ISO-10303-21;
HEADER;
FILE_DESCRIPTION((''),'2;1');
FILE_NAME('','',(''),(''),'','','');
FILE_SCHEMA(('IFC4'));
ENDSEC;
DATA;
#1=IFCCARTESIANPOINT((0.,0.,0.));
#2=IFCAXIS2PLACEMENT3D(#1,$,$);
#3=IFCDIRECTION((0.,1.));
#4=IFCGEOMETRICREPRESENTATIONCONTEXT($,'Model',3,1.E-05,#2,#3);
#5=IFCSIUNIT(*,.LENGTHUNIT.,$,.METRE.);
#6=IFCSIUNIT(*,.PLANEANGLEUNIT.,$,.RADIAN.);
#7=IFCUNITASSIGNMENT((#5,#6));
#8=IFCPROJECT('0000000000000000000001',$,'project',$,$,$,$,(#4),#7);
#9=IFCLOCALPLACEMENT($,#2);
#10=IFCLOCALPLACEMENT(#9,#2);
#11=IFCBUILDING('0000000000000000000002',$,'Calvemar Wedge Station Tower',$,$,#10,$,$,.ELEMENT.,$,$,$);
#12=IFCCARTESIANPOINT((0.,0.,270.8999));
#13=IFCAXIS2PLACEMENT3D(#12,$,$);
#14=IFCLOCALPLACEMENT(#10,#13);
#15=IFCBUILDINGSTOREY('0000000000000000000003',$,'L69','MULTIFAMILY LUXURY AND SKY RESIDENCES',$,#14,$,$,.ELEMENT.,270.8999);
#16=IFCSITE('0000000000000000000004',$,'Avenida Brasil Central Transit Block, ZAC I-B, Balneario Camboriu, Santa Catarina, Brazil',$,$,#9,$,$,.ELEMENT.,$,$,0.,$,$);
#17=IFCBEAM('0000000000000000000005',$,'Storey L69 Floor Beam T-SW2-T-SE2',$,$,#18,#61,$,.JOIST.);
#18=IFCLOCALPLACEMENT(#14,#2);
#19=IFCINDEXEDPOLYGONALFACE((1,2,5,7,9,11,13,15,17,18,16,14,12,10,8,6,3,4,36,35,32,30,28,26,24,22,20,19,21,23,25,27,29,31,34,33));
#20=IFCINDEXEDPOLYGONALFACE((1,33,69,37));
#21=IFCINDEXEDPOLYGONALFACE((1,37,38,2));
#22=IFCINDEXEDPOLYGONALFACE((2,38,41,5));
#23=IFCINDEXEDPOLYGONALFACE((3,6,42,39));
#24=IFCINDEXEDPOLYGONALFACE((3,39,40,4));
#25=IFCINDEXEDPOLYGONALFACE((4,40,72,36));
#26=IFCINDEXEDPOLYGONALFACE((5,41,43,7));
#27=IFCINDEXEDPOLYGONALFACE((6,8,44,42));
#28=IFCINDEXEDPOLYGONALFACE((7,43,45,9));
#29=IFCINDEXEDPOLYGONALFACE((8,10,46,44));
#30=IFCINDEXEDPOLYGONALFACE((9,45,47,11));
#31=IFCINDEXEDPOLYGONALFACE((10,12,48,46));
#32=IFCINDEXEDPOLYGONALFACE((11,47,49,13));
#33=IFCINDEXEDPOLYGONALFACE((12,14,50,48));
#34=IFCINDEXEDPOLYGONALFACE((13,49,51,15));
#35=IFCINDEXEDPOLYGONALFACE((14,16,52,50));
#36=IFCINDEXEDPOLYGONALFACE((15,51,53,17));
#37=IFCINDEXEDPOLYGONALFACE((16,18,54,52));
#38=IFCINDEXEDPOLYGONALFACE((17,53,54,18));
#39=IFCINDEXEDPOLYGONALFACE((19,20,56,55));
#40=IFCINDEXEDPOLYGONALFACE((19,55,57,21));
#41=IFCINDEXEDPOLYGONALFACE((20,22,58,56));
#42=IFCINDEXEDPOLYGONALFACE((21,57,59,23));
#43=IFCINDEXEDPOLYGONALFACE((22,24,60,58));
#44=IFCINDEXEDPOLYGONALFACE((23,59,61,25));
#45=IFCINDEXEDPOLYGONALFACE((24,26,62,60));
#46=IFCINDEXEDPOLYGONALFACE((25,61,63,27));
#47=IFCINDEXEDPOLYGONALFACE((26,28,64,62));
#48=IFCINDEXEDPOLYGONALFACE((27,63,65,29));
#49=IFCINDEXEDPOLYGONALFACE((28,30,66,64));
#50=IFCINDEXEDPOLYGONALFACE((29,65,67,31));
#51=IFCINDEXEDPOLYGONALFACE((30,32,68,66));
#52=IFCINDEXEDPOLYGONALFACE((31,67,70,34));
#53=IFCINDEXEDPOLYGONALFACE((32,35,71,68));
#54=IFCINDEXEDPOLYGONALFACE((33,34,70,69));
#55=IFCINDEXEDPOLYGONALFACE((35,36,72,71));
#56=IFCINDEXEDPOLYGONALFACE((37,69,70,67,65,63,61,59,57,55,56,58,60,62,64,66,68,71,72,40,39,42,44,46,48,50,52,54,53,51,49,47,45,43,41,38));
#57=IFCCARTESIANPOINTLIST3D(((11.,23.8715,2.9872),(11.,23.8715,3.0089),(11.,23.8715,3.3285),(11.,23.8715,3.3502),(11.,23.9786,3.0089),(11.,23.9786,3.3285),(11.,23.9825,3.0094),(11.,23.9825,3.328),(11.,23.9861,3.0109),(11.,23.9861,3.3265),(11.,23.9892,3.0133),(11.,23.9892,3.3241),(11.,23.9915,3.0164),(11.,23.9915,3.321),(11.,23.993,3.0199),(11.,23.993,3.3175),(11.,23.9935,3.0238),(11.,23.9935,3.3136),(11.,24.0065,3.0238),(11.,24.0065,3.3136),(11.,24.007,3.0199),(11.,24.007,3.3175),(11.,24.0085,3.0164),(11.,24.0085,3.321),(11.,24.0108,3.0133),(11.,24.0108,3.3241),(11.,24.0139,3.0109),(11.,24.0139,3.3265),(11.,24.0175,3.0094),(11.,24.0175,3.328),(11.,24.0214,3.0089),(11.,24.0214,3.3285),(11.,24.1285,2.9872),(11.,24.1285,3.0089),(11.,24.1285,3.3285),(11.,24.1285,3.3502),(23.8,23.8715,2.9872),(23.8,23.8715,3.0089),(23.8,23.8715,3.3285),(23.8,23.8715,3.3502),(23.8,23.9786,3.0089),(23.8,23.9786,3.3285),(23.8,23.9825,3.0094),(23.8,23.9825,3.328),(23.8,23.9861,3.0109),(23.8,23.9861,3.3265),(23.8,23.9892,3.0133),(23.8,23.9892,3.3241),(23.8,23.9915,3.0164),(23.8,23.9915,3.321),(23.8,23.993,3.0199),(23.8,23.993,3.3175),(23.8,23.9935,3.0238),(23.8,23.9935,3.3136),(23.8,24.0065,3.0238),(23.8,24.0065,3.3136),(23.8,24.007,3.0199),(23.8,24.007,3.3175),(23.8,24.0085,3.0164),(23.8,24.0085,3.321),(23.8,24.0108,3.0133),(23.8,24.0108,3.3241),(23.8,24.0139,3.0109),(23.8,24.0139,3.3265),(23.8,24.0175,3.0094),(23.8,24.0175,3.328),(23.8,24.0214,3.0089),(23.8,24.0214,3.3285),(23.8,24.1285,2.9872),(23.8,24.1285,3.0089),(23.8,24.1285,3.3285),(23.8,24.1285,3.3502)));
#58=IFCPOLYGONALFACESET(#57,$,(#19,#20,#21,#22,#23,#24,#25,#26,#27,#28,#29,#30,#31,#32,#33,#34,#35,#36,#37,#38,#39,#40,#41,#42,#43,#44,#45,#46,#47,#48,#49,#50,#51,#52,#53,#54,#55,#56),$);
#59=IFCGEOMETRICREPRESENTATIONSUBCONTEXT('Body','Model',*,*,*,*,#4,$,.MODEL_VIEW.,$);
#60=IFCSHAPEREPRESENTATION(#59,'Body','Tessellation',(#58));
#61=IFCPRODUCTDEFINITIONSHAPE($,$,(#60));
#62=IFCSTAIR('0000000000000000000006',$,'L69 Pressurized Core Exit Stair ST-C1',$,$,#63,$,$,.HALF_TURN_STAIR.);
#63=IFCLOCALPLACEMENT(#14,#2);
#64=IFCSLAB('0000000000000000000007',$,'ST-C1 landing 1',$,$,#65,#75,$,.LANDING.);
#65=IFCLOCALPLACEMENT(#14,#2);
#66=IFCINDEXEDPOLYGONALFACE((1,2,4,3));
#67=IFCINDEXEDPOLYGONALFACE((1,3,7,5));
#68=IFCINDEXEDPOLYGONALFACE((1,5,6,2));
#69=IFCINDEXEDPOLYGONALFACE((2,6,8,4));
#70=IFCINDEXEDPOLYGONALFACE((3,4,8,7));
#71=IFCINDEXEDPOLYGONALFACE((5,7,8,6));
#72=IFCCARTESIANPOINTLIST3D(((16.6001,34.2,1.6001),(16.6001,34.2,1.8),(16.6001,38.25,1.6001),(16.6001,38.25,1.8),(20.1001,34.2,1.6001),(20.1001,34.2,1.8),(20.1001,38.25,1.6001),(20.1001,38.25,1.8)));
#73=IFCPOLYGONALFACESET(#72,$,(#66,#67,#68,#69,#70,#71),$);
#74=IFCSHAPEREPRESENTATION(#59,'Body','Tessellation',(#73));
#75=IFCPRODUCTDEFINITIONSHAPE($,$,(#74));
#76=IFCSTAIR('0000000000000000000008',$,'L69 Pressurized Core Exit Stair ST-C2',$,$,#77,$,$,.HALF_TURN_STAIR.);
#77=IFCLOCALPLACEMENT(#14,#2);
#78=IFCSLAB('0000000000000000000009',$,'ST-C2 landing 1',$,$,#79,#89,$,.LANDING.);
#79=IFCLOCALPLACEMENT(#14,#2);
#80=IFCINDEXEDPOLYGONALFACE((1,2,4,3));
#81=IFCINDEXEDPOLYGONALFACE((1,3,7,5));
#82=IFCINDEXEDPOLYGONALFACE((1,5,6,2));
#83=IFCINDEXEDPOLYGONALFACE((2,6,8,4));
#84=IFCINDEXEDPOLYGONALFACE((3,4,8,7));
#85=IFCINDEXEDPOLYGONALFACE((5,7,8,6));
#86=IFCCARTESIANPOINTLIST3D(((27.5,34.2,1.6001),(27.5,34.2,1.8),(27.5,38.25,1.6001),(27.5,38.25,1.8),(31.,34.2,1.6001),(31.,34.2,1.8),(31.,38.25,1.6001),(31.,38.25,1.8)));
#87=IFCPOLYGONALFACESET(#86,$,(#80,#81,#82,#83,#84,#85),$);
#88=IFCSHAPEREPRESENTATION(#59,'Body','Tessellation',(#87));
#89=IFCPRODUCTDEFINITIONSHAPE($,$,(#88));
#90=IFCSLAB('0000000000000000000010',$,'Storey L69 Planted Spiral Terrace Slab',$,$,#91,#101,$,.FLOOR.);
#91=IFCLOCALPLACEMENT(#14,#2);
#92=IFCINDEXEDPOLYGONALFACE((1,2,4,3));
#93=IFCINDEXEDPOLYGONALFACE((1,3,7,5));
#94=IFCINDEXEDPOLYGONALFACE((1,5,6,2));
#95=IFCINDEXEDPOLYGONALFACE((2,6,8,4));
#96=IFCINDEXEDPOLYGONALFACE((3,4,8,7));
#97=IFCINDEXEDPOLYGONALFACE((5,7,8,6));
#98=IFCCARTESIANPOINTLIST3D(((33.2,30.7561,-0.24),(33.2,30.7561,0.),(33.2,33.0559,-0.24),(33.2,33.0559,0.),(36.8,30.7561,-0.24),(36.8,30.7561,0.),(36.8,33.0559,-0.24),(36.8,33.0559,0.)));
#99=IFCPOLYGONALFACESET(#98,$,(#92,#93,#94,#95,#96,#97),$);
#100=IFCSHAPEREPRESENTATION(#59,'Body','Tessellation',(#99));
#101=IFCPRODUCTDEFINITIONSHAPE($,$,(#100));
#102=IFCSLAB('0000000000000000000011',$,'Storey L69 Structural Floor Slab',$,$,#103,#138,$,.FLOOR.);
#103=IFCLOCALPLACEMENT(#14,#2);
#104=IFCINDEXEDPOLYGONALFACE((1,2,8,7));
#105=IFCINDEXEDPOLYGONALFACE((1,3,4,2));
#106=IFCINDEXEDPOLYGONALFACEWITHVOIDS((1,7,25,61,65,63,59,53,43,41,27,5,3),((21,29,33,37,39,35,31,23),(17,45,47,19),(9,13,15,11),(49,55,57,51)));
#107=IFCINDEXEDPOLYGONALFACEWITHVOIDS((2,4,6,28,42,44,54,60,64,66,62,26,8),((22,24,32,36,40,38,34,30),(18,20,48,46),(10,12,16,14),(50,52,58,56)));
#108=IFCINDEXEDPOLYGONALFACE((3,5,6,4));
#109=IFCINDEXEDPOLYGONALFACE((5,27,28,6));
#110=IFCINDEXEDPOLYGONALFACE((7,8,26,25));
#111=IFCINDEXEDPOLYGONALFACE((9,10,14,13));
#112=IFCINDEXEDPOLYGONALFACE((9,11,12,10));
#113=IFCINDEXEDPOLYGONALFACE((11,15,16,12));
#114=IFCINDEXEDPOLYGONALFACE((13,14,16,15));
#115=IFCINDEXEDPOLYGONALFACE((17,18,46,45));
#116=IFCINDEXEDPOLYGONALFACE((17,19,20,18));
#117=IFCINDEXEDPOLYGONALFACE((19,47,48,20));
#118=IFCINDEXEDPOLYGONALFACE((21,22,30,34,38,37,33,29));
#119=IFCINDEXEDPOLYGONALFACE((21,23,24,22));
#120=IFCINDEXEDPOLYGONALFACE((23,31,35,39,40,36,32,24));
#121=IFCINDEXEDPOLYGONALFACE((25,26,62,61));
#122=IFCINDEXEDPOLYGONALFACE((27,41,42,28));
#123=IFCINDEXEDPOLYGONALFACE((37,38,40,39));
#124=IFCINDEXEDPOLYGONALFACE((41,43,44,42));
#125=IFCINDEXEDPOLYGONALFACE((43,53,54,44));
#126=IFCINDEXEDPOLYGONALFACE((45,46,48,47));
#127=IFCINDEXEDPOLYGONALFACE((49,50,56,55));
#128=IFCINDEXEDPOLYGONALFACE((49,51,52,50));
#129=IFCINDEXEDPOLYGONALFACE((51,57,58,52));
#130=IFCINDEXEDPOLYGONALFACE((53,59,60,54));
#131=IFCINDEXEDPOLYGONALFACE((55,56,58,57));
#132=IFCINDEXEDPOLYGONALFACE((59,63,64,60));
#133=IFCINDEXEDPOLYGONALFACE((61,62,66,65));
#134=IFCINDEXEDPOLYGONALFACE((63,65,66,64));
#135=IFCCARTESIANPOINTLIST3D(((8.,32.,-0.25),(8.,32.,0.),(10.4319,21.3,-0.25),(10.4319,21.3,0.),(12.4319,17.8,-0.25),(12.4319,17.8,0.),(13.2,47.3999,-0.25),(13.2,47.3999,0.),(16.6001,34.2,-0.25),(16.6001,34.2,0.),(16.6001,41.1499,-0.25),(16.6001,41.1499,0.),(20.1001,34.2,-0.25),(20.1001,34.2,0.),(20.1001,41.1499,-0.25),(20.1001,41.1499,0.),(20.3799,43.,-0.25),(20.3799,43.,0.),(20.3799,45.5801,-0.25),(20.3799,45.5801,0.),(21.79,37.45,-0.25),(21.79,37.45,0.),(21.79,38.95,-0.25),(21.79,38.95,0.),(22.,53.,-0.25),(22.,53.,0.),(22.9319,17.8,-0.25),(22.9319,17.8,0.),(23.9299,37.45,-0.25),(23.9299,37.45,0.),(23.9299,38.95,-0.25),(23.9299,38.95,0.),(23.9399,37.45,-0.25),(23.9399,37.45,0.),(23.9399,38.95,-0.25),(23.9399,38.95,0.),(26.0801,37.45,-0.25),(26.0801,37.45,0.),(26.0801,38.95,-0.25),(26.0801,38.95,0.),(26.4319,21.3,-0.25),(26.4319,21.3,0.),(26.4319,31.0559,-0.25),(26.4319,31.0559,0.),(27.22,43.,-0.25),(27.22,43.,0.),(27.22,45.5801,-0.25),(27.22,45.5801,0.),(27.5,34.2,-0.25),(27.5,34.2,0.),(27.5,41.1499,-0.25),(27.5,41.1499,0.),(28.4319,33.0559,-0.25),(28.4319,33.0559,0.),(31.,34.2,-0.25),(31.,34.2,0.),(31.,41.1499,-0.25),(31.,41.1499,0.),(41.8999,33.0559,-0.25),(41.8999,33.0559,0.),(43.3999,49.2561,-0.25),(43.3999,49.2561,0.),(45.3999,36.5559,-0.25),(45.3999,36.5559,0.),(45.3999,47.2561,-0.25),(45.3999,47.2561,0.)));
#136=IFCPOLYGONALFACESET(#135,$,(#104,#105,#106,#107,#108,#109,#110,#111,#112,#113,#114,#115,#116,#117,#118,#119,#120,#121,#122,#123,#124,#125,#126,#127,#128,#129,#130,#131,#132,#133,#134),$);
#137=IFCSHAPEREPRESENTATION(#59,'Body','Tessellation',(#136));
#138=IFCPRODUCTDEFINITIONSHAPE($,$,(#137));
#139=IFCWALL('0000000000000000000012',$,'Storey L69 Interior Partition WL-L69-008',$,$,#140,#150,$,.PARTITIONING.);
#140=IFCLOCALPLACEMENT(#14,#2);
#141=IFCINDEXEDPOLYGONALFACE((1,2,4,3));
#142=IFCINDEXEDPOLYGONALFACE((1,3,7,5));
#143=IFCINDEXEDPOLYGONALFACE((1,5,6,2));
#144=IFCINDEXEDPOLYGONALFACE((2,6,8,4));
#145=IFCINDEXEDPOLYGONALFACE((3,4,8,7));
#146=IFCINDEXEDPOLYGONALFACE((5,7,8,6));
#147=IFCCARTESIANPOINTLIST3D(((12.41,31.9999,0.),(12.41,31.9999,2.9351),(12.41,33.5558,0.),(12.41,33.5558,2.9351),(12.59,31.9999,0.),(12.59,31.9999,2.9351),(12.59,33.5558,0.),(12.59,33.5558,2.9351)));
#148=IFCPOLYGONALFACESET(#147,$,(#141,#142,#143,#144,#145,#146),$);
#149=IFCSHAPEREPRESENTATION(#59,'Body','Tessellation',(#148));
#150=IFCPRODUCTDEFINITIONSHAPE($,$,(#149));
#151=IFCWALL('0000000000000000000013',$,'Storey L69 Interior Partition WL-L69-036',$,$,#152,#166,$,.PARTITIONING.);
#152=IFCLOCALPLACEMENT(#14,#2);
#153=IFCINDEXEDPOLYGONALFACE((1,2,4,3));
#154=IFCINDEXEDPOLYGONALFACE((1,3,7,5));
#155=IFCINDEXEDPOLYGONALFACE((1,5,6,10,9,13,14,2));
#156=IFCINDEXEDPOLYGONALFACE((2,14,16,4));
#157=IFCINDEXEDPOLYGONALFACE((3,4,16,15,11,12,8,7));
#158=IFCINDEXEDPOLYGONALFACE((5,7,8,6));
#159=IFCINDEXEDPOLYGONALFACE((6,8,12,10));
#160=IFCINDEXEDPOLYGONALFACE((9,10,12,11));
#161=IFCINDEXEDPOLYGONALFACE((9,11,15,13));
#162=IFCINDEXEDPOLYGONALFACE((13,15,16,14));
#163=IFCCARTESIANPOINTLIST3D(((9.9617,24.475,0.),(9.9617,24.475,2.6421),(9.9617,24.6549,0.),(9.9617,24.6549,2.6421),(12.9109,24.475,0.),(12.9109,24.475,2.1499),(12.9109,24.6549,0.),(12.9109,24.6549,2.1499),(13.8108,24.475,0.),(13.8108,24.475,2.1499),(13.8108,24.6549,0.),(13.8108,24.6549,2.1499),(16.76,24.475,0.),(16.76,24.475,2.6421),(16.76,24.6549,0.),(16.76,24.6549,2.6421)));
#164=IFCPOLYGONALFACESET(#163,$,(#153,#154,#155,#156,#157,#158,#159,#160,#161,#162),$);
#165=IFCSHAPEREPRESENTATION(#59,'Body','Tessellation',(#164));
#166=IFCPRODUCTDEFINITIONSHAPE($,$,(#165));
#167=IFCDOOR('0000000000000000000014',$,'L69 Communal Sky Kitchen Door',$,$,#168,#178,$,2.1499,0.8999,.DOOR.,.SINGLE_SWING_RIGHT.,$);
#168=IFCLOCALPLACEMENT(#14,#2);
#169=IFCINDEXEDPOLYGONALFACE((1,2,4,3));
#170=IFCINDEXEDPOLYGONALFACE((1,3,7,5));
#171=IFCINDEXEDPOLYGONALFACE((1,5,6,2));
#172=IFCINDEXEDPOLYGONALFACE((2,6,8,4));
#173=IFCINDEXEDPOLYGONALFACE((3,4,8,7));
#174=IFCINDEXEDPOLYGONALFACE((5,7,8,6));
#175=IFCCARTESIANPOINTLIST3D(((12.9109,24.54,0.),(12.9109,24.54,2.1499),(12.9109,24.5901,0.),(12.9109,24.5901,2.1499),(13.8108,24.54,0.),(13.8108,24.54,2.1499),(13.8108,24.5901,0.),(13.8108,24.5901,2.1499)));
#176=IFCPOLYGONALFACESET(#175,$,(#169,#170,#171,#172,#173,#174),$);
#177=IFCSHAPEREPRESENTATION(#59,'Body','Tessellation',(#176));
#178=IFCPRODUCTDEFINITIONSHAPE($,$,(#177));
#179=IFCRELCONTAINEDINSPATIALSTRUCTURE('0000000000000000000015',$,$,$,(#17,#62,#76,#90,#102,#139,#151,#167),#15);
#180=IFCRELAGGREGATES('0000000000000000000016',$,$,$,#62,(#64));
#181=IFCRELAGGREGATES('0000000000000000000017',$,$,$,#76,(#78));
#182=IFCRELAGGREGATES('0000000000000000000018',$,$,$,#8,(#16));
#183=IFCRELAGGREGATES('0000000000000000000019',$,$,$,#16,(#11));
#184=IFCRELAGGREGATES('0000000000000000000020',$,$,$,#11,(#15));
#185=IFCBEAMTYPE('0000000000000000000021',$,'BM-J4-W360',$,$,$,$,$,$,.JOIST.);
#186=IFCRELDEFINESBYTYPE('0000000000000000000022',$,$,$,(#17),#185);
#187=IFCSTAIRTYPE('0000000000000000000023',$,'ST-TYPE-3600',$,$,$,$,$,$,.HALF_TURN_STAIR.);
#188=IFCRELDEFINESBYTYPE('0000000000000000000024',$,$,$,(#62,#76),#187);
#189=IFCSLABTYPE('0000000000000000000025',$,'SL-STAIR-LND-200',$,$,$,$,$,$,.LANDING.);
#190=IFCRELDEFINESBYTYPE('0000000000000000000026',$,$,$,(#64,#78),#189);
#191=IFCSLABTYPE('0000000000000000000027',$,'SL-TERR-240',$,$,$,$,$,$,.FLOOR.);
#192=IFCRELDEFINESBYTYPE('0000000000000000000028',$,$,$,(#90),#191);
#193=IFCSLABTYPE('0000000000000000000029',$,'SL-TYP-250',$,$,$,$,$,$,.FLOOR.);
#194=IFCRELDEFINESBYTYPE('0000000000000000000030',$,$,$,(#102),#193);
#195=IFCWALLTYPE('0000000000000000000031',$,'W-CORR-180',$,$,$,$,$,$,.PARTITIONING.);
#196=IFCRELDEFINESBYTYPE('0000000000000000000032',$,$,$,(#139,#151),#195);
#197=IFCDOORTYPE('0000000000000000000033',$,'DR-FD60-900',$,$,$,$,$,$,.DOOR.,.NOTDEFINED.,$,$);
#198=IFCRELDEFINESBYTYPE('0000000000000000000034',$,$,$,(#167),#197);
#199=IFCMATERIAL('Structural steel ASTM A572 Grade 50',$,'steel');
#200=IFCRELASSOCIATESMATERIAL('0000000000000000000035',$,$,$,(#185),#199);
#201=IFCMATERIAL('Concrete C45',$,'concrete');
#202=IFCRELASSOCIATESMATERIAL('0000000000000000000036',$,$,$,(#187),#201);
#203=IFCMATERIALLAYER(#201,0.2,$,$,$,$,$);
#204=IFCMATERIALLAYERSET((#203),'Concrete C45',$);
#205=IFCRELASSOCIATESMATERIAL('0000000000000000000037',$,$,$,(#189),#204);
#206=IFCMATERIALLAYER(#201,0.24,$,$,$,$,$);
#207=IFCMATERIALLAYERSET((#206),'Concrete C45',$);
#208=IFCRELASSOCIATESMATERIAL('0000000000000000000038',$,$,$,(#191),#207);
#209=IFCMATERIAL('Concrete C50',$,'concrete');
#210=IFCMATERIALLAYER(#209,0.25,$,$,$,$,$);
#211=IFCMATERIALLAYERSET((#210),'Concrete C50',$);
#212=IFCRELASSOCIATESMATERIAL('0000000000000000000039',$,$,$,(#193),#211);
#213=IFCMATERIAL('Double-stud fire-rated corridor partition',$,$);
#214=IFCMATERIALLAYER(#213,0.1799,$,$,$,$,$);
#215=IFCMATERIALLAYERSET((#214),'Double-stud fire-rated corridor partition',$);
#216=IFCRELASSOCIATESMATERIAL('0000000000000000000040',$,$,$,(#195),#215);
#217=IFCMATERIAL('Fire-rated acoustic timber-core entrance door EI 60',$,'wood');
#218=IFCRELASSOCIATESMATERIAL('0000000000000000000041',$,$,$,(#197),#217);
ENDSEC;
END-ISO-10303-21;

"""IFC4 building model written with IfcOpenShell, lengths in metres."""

from ifc_helpers import new_model, si_unit, direction, frame, frame_2d, origin, origin_2d, place, context, subcontext, project, spatial, polyline, rectangle, i_section, outline, extrude, source, transform, mapped, material, layer, layer_set, material_profile, profile_set, type_object, element, fill, aggregate, save


model = new_model("IFC4")

# Units and contexts
model_context = context("Model", 3, precision=1e-05, world=origin(), true_north=direction((0.0, 1.0)))
body_context = subcontext(model_context, "Body", "Model", "MODEL_VIEW")
ifc_project = project(units=[si_unit("LENGTHUNIT", "METRE"), si_unit("PLANEANGLEUNIT", "RADIAN")], contexts=[model_context])

# Site, building, storey
site_placement = place(None, origin())
site = spatial("IfcSite", under=ifc_project, at=site_placement, Name="Avenida Brasil Central Transit Block, ZAC I-B, Balneario Camboriu, Santa Catarina, Brazil", CompositionType="ELEMENT", RefElevation=0.0)
building_placement = place(site_placement, origin())
building = spatial("IfcBuilding", under=site, at=building_placement, Name="Calvemar Wedge Station Tower", CompositionType="ELEMENT")
storey_placement = place(building_placement, frame((0.0, 0.0, 270.8999)))
storey = spatial("IfcBuildingStorey", under=building, at=storey_placement, Name="L69", Description="MULTIFAMILY LUXURY AND SKY RESIDENCES", CompositionType="ELEMENT", Elevation=270.8999)

# Shared definitions
ifc_material_1 = material(Name="Concrete C50", Category="concrete")

# Beam
ifc_material_2 = material(Name="Structural steel ASTM A572 Grade 50", Category="steel")
ifc_material_profile_1 = material_profile(ifc_material_2, i_section(OverallWidth=0.2571, OverallDepth=0.363, WebThickness=0.0129, FlangeThickness=0.0217, FilletRadius=0.0149, at=origin_2d()), Name="W360x122")
ifc_profile_set_1 = profile_set([ifc_material_profile_1], Name="Structural steel ASTM A572 Grade 50")
beam_type_1 = type_object("IfcBeamType", Name="BM-J4-W360", PredefinedType="JOIST", material=ifc_profile_set_1)
shared_shape_1 = source(origin(), body_context, "Body", "SweptSolid", [
    extrude(i_section(OverallWidth=0.2571, OverallDepth=0.363, WebThickness=0.0129, FlangeThickness=0.0217, FilletRadius=0.0149, at=origin_2d()), origin(), (0.0, 0.0, 1.0), 12.8),
])
for number, where, z_axis, x_axis, name in (
    (1, (11.0, 24.0, 3.1687), (1.0, 0.0, 0.0), (0.0, 1.0, 0.0), "Storey L69 Floor Beam T-SW2-T-SE2"),
):
    element("IfcBeam", number, at=place(storey_placement, frame(where, z_axis=z_axis, x_axis=x_axis)), inside=storey, type_object=beam_type_1, Name=name, PredefinedType="JOIST", context=body_context, shape_type="MappedRepresentation", body=[
        mapped(shared_shape_1, transform((0.0, 0.0, 0.0), scale=1.0)),
    ])

# Stairs, slabs
ifc_material_3 = material(Name="Concrete C45", Category="concrete")
stair_type = type_object("IfcStairType", Name="ST-TYPE-3600", PredefinedType="HALF_TURN_STAIR", material=ifc_material_3)
stair_1_placement = place(storey_placement, origin())
stair_1 = element("IfcStair", 2, at=stair_1_placement, inside=storey, type_object=stair_type, Name="L69 Pressurized Core Exit Stair ST-C1", PredefinedType="HALF_TURN_STAIR")
ifc_layer_1 = layer(ifc_material_3, 0.2)
ifc_layer_set_1 = layer_set([ifc_layer_1], Name="Concrete C45")
slab_type_1 = type_object("IfcSlabType", Name="SL-STAIR-LND-200", PredefinedType="LANDING", material=ifc_layer_set_1)
slab_1_placement = place(storey_placement, frame((0.0, 0.0, 1.6001)))
slab_1 = element("IfcSlab", 3, at=slab_1_placement, type_object=slab_type_1, Name="ST-C1 landing 1", PredefinedType="LANDING", context=body_context, shape_type="SweptSolid", body=[
    extrude(outline(polyline([(16.6001, 38.25), (16.6001, 34.2), (20.1001, 34.2), (20.1001, 38.25), (16.6001, 38.25)])), origin(), (0.0, 0.0, 1.0), 0.2),
])
aggregate(stair_1, [slab_1])
stair_2_placement = place(storey_placement, origin())
stair_2 = element("IfcStair", 4, at=stair_2_placement, inside=storey, type_object=stair_type, Name="L69 Pressurized Core Exit Stair ST-C2", PredefinedType="HALF_TURN_STAIR")
slab_2_placement = place(storey_placement, frame((0.0, 0.0, 1.6001)))
slab_2 = element("IfcSlab", 5, at=slab_2_placement, type_object=slab_type_1, Name="ST-C2 landing 1", PredefinedType="LANDING", context=body_context, shape_type="SweptSolid", body=[
    extrude(outline(polyline([(27.5, 38.25), (27.5, 34.2), (31.0, 34.2), (31.0, 38.25), (27.5, 38.25)])), origin(), (0.0, 0.0, 1.0), 0.2),
])
aggregate(stair_2, [slab_2])

# Slabs
ifc_layer_2 = layer(ifc_material_3, 0.24)
ifc_layer_set_2 = layer_set([ifc_layer_2], Name="Concrete C45")
slab_type_2 = type_object("IfcSlabType", Name="SL-TERR-240", PredefinedType="FLOOR", material=ifc_layer_set_2)
slab_3_placement = place(storey_placement, frame((0.0, 0.0, -0.24)))
element("IfcSlab", 6, at=slab_3_placement, inside=storey, type_object=slab_type_2, Name="Storey L69 Planted Spiral Terrace Slab", PredefinedType="FLOOR", context=body_context, shape_type="SweptSolid", body=[
    extrude(outline(polyline([(33.2, 33.0559), (33.2, 30.7561), (36.8, 30.7561), (36.8, 33.0559), (33.2, 33.0559)])), origin(), (0.0, 0.0, 1.0), 0.24),
])
ifc_layer_3 = layer(ifc_material_1, 0.25)
ifc_layer_set_3 = layer_set([ifc_layer_3], Name="Concrete C50")
slab_type_3 = type_object("IfcSlabType", Name="SL-TYP-250", PredefinedType="FLOOR", material=ifc_layer_set_3)
slab_4_placement = place(storey_placement, frame((0.0, 0.0, -0.25)))
element("IfcSlab", 7, at=slab_4_placement, inside=storey, type_object=slab_type_3, Name="Storey L69 Structural Floor Slab", PredefinedType="FLOOR", context=body_context, shape_type="SweptSolid", body=[
    extrude(outline(polyline([(8.0, 32.0), (10.4319, 21.3), (12.4319, 17.8), (22.9319, 17.8), (26.4319, 21.3), (26.4319, 31.0559), (28.4319, 33.0559), (41.8999, 33.0559), (45.3999, 36.5559), (45.3999, 47.2561), (43.3999, 49.2561), (22.0, 53.0), (13.2, 47.3999), (8.0, 32.0)]), holes=[polyline([(20.1001, 34.2), (20.1001, 41.1499), (16.6001, 41.1499), (16.6001, 34.2), (20.1001, 34.2)]), polyline([(31.0, 34.2), (31.0, 41.1499), (27.5, 41.1499), (27.5, 34.2), (31.0, 34.2)]), polyline([(23.9299, 38.95), (21.79, 38.95), (21.79, 37.45), (23.9299, 37.45), (23.9399, 37.45), (26.0801, 37.45), (26.0801, 38.95), (23.9399, 38.95), (23.9299, 38.95)]), polyline([(27.22, 43.0), (27.22, 45.5801), (20.3799, 45.5801), (20.3799, 43.0), (27.22, 43.0)])]), origin(), (0.0, 0.0, 1.0), 0.25),
])

# Wall
ifc_material_4 = material(Name="Double-stud fire-rated corridor partition")
ifc_layer_4 = layer(ifc_material_4, 0.1799)
ifc_layer_set_4 = layer_set([ifc_layer_4], Name="Double-stud fire-rated corridor partition")
wall_type_1 = type_object("IfcWallType", Name="W-CORR-180", PredefinedType="PARTITIONING", material=ifc_layer_set_4)
wall_1_placement = place(storey_placement, frame((12.5, 32.0, 0.0), z_axis=(0.0, 0.0, 1.0), x_axis=(0.0, 1.0, 0.0)))
element("IfcWall", 8, at=wall_1_placement, inside=storey, type_object=wall_type_1, Name="Storey L69 Interior Partition WL-L69-008", PredefinedType="PARTITIONING", context=body_context, shape_type="SweptSolid", body=[
    extrude(rectangle(XDim=1.5559, YDim=0.1799, at=frame_2d((0.7778, 0.0))), origin(), (0.0, 0.0, 1.0), 2.9351),
])

# Wall, opening, door
wall_2_placement = place(storey_placement, frame((16.76, 24.5649, 0.0), z_axis=(0.0, 0.0, 1.0), x_axis=(-1.0, 0.0, 0.0)))
wall_2 = element("IfcWall", 9, at=wall_2_placement, inside=storey, type_object=wall_type_1, Name="Storey L69 Interior Partition WL-L69-036", PredefinedType="PARTITIONING", context=body_context, shape_type="SweptSolid", body=[
    extrude(rectangle(XDim=6.7983, YDim=0.1799, at=frame_2d((3.3992, 0.0))), origin(), (0.0, 0.0, 1.0), 2.6421),
])
shared_shape_2 = source(origin(), body_context, "Body", "SweptSolid", [
    extrude(rectangle(XDim=0.8999, YDim=2.1499, at=frame_2d((0.45, 1.075))), frame((0.0, 0.1001, 0.0), z_axis=(0.0, -1.0, 0.0), x_axis=(1.0, 0.0, 0.0)), (0.0, 0.0, 1.0), 0.2),
])
opening_1_placement = place(wall_2_placement, frame((2.9492, 0.0, 0.0)))
opening_1 = element("IfcOpeningElement", 10, at=opening_1_placement, cuts=wall_2, PredefinedType="OPENING", context=body_context, shape_type="MappedRepresentation", body=[
    mapped(shared_shape_2, transform((0.0, 0.0, 0.0), scale=1.0)),
])
ifc_material_5 = material(Name="Fire-rated acoustic timber-core entrance door EI 60", Category="wood")
door_type = type_object("IfcDoorType", Name="DR-FD60-900", OperationType="NOTDEFINED", PredefinedType="DOOR", material=ifc_material_5)
shared_shape_3 = source(origin(), body_context, "Body", "SweptSolid", [
    extrude(rectangle(XDim=0.8999, YDim=2.1499, at=frame_2d((0.45, 1.075))), frame((0.0, 0.0249, 0.0), z_axis=(0.0, -1.0, 0.0), x_axis=(1.0, 0.0, 0.0)), (0.0, 0.0, 1.0), 0.05),
])
door_placement = place(opening_1_placement, origin())
door = element("IfcDoor", 11, at=door_placement, inside=storey, type_object=door_type, Name="L69 Communal Sky Kitchen Door", OperationType="SINGLE_SWING_RIGHT", OverallHeight=2.1499, OverallWidth=0.8999, PredefinedType="DOOR", context=body_context, shape_type="MappedRepresentation", body=[
    mapped(shared_shape_3, transform((0.0, 0.0, 0.0), scale=1.0)),
])
fill(opening_1, door)

save(model, "model.ifc")
